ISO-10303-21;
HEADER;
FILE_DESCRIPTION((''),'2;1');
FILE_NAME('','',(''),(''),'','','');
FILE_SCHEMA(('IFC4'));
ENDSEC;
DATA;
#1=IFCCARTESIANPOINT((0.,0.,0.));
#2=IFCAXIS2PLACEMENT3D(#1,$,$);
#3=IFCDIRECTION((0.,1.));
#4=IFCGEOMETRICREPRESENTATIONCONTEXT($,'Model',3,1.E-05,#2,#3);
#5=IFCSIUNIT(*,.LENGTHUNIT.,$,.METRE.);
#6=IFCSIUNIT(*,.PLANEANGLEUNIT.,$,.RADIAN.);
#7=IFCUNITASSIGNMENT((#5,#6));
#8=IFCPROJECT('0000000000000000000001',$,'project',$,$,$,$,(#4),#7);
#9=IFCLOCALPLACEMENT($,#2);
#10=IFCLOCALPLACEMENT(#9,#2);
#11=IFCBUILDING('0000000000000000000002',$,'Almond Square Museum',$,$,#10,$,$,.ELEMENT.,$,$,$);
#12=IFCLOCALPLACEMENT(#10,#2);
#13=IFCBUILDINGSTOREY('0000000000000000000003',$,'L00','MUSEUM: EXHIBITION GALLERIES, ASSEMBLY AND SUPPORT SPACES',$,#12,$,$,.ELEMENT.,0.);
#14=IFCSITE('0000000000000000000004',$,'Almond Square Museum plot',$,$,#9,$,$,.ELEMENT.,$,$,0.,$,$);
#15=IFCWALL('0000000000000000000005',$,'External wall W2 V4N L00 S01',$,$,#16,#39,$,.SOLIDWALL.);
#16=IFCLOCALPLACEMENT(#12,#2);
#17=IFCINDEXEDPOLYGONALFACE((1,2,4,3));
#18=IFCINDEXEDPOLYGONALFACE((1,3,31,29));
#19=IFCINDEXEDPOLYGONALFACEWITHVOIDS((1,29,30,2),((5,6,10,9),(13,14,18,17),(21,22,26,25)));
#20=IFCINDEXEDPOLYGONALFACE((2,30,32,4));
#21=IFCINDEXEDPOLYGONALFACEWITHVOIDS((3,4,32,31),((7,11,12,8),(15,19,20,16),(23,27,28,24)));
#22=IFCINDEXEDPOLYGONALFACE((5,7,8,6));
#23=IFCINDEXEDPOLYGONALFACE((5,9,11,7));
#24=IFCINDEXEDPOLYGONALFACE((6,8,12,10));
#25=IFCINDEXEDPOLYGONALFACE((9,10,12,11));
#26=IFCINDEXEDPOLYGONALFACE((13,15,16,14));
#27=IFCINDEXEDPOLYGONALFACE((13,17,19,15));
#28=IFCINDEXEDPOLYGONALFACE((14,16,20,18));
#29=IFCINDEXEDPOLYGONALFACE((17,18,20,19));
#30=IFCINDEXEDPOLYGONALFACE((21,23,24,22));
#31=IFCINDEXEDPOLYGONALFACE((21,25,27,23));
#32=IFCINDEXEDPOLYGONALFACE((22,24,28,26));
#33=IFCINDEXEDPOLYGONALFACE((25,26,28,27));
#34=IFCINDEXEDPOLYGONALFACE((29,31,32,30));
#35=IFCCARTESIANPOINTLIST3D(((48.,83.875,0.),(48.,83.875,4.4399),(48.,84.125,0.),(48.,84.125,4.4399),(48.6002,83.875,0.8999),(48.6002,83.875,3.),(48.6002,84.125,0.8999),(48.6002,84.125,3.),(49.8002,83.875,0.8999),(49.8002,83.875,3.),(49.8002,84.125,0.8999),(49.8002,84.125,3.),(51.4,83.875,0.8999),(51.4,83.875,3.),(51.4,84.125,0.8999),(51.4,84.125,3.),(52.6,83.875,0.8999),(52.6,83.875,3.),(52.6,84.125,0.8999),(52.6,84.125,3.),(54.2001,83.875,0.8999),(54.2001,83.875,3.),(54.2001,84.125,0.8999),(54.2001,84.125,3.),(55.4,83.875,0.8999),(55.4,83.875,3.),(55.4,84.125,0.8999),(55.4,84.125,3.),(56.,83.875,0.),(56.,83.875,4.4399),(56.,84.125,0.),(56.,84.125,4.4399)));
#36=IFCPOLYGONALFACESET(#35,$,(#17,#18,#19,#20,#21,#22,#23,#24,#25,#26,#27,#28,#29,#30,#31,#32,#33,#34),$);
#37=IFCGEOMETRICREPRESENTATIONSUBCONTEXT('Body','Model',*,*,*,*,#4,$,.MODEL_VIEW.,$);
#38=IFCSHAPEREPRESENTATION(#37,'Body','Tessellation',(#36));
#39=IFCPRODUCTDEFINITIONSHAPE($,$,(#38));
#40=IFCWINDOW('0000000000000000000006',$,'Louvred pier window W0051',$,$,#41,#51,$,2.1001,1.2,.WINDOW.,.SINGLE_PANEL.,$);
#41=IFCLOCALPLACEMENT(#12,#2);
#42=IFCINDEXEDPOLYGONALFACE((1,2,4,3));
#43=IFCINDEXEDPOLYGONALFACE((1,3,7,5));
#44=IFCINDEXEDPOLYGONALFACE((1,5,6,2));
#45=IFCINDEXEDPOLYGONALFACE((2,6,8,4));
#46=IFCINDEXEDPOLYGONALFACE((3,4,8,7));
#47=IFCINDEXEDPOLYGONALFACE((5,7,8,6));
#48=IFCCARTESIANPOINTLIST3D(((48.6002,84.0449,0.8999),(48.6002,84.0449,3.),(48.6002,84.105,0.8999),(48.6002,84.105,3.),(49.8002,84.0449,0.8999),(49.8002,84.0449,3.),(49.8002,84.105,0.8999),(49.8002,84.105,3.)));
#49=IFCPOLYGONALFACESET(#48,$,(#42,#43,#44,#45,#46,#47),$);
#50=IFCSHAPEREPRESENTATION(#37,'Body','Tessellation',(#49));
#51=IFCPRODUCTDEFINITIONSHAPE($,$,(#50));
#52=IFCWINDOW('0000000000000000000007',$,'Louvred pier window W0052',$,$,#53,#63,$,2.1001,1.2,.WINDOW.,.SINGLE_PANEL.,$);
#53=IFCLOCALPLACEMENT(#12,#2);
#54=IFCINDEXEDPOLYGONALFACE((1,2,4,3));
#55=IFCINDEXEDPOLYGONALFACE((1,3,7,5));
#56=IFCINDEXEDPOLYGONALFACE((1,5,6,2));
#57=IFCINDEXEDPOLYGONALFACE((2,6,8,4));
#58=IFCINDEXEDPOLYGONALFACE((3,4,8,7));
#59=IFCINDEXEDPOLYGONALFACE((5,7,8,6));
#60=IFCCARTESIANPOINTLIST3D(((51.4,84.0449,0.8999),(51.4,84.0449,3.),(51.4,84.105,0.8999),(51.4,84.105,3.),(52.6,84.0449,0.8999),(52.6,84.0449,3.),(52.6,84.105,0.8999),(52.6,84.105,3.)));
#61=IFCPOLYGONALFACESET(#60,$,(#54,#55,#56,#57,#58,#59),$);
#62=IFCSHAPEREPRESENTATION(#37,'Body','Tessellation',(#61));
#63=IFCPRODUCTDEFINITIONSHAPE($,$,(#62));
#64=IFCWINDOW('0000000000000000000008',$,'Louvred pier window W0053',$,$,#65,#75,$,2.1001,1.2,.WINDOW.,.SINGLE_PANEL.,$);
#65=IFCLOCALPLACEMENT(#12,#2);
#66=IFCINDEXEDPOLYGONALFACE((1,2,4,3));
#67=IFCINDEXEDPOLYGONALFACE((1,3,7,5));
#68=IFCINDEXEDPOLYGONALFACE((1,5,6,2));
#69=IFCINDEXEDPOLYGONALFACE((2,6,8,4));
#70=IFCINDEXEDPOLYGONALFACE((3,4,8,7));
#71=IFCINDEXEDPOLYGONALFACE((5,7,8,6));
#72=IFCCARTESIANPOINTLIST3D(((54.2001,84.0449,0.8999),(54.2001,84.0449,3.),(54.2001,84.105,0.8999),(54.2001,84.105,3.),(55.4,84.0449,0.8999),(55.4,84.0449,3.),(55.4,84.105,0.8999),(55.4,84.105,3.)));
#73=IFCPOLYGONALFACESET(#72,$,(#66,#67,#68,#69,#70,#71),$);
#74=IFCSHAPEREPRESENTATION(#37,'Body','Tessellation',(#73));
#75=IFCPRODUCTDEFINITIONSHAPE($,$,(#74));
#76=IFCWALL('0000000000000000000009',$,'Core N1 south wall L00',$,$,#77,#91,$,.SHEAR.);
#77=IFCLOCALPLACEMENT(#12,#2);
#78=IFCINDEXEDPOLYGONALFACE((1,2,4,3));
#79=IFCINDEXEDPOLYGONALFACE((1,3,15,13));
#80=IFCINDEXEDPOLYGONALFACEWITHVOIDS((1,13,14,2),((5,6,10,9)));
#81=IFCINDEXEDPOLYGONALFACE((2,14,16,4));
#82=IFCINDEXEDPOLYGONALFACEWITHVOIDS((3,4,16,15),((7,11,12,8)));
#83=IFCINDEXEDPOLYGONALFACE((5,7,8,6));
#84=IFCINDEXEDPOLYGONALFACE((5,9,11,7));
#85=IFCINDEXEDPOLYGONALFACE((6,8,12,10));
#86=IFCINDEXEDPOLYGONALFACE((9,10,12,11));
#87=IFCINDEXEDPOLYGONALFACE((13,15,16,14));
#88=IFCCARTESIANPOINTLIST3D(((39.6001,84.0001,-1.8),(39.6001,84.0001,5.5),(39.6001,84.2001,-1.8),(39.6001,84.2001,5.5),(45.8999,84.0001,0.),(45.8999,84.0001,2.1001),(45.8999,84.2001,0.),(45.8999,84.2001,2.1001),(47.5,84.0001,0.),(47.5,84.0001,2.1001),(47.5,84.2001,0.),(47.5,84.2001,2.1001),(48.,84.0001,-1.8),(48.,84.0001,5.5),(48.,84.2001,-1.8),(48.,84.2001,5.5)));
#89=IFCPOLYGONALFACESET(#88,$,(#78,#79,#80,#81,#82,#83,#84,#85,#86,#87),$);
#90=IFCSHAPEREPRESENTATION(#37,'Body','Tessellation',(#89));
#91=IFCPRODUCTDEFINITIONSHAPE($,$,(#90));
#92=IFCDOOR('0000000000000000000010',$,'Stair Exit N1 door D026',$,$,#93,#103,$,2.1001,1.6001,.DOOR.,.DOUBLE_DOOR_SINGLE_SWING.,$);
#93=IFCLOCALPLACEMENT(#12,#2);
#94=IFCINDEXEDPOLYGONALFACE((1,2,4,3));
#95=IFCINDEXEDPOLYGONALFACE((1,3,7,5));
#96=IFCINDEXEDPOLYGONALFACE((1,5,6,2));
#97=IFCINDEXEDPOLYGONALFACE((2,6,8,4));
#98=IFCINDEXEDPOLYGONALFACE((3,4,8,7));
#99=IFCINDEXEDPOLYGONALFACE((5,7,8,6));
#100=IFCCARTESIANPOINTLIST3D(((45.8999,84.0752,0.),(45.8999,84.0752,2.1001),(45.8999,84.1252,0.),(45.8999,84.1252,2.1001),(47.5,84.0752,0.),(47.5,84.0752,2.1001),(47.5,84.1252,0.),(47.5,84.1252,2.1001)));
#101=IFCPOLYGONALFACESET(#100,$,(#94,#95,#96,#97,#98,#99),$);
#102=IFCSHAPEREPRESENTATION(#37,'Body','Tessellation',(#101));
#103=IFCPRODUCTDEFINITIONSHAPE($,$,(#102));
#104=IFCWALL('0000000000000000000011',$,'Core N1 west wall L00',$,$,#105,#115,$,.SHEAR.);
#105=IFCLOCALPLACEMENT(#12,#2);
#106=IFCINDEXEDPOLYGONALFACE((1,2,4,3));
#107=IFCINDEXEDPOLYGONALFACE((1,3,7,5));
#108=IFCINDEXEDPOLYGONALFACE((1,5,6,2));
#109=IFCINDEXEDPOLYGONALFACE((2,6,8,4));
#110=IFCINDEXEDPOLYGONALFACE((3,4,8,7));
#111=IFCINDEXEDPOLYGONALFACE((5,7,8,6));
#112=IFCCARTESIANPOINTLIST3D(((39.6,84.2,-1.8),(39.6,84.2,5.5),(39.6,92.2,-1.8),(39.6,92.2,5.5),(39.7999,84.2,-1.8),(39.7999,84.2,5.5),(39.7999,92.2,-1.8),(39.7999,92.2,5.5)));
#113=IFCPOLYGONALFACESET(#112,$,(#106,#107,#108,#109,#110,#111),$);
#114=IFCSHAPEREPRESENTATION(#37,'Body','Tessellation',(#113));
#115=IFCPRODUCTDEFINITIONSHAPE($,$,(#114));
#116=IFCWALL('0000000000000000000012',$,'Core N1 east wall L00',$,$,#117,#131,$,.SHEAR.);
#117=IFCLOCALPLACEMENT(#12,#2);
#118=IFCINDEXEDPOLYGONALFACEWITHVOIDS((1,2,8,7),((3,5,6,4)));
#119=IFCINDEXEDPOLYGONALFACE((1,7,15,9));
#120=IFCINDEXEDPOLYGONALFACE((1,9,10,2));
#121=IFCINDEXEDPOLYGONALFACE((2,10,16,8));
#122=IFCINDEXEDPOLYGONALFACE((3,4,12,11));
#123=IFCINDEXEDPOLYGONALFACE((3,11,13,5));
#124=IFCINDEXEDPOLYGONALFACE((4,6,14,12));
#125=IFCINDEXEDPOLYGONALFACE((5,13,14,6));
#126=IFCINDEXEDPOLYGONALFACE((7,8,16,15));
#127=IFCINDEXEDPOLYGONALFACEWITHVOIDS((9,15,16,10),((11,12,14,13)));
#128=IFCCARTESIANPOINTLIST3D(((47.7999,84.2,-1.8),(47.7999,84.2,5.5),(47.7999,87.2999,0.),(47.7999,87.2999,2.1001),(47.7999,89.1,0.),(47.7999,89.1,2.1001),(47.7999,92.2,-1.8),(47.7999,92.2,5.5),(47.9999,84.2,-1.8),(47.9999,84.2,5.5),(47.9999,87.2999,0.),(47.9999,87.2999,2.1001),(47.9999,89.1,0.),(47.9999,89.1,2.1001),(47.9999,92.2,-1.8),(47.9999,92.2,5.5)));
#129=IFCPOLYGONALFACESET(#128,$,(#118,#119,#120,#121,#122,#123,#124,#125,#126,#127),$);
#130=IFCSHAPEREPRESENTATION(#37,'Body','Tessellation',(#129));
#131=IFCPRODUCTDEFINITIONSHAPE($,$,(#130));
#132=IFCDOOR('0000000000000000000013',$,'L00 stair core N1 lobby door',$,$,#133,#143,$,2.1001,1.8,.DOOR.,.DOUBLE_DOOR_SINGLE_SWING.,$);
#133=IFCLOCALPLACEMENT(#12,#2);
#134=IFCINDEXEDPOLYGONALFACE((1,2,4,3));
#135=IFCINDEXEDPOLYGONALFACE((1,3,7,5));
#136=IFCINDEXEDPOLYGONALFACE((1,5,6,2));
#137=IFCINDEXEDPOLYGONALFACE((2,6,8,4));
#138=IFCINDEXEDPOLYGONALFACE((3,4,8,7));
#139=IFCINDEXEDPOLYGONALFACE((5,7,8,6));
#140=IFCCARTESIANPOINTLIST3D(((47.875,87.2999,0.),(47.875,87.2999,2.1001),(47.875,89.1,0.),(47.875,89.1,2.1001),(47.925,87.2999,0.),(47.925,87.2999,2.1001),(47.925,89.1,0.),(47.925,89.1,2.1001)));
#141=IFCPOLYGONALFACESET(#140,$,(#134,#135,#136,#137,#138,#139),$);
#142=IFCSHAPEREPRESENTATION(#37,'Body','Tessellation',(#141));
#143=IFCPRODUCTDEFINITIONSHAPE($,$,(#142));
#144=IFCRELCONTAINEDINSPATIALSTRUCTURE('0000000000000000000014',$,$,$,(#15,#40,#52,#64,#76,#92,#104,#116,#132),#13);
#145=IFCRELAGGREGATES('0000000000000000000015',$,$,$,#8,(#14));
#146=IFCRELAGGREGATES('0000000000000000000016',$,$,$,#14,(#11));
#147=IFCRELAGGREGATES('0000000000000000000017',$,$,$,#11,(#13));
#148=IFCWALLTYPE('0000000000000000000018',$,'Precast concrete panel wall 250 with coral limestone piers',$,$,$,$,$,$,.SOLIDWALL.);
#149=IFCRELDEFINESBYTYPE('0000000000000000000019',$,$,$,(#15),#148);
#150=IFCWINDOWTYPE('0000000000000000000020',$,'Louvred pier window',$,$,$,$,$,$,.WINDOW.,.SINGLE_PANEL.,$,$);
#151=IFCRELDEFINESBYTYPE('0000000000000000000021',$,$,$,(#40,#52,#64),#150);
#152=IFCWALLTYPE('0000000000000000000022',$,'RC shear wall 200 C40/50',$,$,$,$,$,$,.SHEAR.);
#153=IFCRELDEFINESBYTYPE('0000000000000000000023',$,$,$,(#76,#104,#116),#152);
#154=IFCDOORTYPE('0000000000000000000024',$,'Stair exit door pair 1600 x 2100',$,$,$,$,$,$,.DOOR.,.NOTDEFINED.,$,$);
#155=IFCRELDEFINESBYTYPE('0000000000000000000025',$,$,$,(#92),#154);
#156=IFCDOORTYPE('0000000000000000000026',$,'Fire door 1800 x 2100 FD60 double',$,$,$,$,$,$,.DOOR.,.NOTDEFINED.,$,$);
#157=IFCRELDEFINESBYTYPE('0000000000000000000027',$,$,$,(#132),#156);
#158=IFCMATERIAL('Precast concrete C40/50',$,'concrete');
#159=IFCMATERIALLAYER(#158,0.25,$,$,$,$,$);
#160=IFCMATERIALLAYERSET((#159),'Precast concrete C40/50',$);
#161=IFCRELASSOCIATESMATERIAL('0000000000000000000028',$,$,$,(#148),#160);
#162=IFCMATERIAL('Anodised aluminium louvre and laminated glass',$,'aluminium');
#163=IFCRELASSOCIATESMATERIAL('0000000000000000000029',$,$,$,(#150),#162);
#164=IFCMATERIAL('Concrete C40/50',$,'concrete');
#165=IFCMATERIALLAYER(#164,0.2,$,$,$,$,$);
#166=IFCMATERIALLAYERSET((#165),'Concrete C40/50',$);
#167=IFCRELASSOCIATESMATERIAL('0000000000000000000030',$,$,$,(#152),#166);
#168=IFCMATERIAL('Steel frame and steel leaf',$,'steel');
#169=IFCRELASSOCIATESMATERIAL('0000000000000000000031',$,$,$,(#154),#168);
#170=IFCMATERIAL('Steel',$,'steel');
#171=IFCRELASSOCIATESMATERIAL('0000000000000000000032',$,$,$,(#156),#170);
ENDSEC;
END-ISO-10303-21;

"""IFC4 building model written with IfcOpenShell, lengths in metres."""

from ifc_helpers import new_model, si_unit, direction, frame, frame_2d, origin, place, context, subcontext, project, spatial, rectangle, extrude, material, layer, layer_set, type_object, element, fill, save


model = new_model("IFC4")

# Units and contexts
model_context = context("Model", 3, precision=1e-05, world=origin(), true_north=direction((0.0, 1.0)))
body_context = subcontext(model_context, "Body", "Model", "MODEL_VIEW")
ifc_project = project(units=[si_unit("LENGTHUNIT", "METRE"), si_unit("PLANEANGLEUNIT", "RADIAN")], contexts=[model_context])

# Site, building, storey
site_placement = place(None, origin())
site = spatial("IfcSite", under=ifc_project, at=site_placement, Name="Almond Square Museum plot", CompositionType="ELEMENT", RefElevation=0.0)
building_placement = place(site_placement, origin())
building = spatial("IfcBuilding", under=site, at=building_placement, Name="Almond Square Museum", CompositionType="ELEMENT")
storey_placement = place(building_placement, origin())
storey = spatial("IfcBuildingStorey", under=building, at=storey_placement, Name="L00", Description="MUSEUM: EXHIBITION GALLERIES, ASSEMBLY AND SUPPORT SPACES", CompositionType="ELEMENT", Elevation=0.0)

# Wall, openings, windows
ifc_material_1 = material(Name="Precast concrete C40/50", Category="concrete")
ifc_layer_1 = layer(ifc_material_1, 0.25)
ifc_layer_set_1 = layer_set([ifc_layer_1], Name="Precast concrete C40/50")
wall_type_1 = type_object("IfcWallType", Name="Precast concrete panel wall 250 with coral limestone piers", PredefinedType="SOLIDWALL", material=ifc_layer_set_1)
wall_1_placement = place(storey_placement, frame((48.0, 84.0, 0.0), z_axis=(0.0, 0.0, 1.0), x_axis=(1.0, 0.0, 0.0)))
wall_1 = element("IfcWall", 1, at=wall_1_placement, inside=storey, type_object=wall_type_1, Name="External wall W2 V4N L00 S01", PredefinedType="SOLIDWALL", context=body_context, shape_type="SweptSolid", body=[
    extrude(rectangle(XDim=8.0, YDim=0.25, at=frame_2d((4.0, 0.0))), origin(), (0.0, 0.0, 1.0), 4.4399),
])
opening_1_placement = place(wall_1_placement, frame((0.6001, 0.0, 0.8999)))
opening_1 = element("IfcOpeningElement", 2, at=opening_1_placement, cuts=wall_1, PredefinedType="OPENING", context=body_context, shape_type="SweptSolid", body=[
    extrude(rectangle(XDim=1.2, YDim=2.1001, at=frame_2d((0.6001, 1.05))), frame((0.0, 0.135, 0.0), z_axis=(0.0, -1.0, 0.0), x_axis=(1.0, 0.0, 0.0)), (0.0, 0.0, 1.0), 0.27),
])
opening_2_placement = place(wall_1_placement, frame((3.3999, 0.0, 0.8999)))
opening_2 = element("IfcOpeningElement", 3, at=opening_2_placement, cuts=wall_1, PredefinedType="OPENING", context=body_context, shape_type="SweptSolid", body=[
    extrude(rectangle(XDim=1.2, YDim=2.1001, at=frame_2d((0.6001, 1.05))), frame((0.0, 0.135, 0.0), z_axis=(0.0, -1.0, 0.0), x_axis=(1.0, 0.0, 0.0)), (0.0, 0.0, 1.0), 0.27),
])
opening_3_placement = place(wall_1_placement, frame((6.2, 0.0, 0.8999)))
opening_3 = element("IfcOpeningElement", 4, at=opening_3_placement, cuts=wall_1, PredefinedType="OPENING", context=body_context, shape_type="SweptSolid", body=[
    extrude(rectangle(XDim=1.2, YDim=2.1001, at=frame_2d((0.6001, 1.05))), frame((0.0, 0.135, 0.0), z_axis=(0.0, -1.0, 0.0), x_axis=(1.0, 0.0, 0.0)), (0.0, 0.0, 1.0), 0.27),
])
ifc_material_2 = material(Name="Anodised aluminium louvre and laminated glass", Category="aluminium")
window_type = type_object("IfcWindowType", Name="Louvred pier window", PartitioningType="SINGLE_PANEL", PredefinedType="WINDOW", material=ifc_material_2)
window_1_placement = place(opening_1_placement, origin())
window_1 = element("IfcWindow", 5, at=window_1_placement, inside=storey, type_object=window_type, Name="Louvred pier window W0051", OverallHeight=2.1001, OverallWidth=1.2, PartitioningType="SINGLE_PANEL", PredefinedType="WINDOW", context=body_context, shape_type="SweptSolid", body=[
    extrude(rectangle(XDim=1.2, YDim=2.1001, at=frame_2d((0.6001, 1.05))), frame((0.0, 0.105, 0.0), z_axis=(0.0, -1.0, 0.0), x_axis=(1.0, 0.0, 0.0)), (0.0, 0.0, 1.0), 0.0601),
])
fill(opening_1, window_1)
window_2_placement = place(opening_2_placement, origin())
window_2 = element("IfcWindow", 6, at=window_2_placement, inside=storey, type_object=window_type, Name="Louvred pier window W0052", OverallHeight=2.1001, OverallWidth=1.2, PartitioningType="SINGLE_PANEL", PredefinedType="WINDOW", context=body_context, shape_type="SweptSolid", body=[
    extrude(rectangle(XDim=1.2, YDim=2.1001, at=frame_2d((0.6001, 1.05))), frame((0.0, 0.105, 0.0), z_axis=(0.0, -1.0, 0.0), x_axis=(1.0, 0.0, 0.0)), (0.0, 0.0, 1.0), 0.0601),
])
fill(opening_2, window_2)
window_3_placement = place(opening_3_placement, origin())
window_3 = element("IfcWindow", 7, at=window_3_placement, inside=storey, type_object=window_type, Name="Louvred pier window W0053", OverallHeight=2.1001, OverallWidth=1.2, PartitioningType="SINGLE_PANEL", PredefinedType="WINDOW", context=body_context, shape_type="SweptSolid", body=[
    extrude(rectangle(XDim=1.2, YDim=2.1001, at=frame_2d((0.6001, 1.05))), frame((0.0, 0.105, 0.0), z_axis=(0.0, -1.0, 0.0), x_axis=(1.0, 0.0, 0.0)), (0.0, 0.0, 1.0), 0.0601),
])
fill(opening_3, window_3)

# Wall, opening, door
ifc_material_3 = material(Name="Concrete C40/50", Category="concrete")
ifc_layer_2 = layer(ifc_material_3, 0.2)
ifc_layer_set_2 = layer_set([ifc_layer_2], Name="Concrete C40/50")
wall_type_2 = type_object("IfcWallType", Name="RC shear wall 200 C40/50", PredefinedType="SHEAR", material=ifc_layer_set_2)
wall_2_placement = place(storey_placement, frame((48.0, 84.1001, -1.8), z_axis=(0.0, 0.0, 1.0), x_axis=(-1.0, 0.0, 0.0)))
wall_2 = element("IfcWall", 8, at=wall_2_placement, inside=storey, type_object=wall_type_2, Name="Core N1 south wall L00", PredefinedType="SHEAR", context=body_context, shape_type="SweptSolid", body=[
    extrude(rectangle(XDim=8.3999, YDim=0.2, at=frame_2d((4.2, 0.0))), origin(), (0.0, 0.0, 1.0), 7.3),
])
opening_4_placement = place(wall_2_placement, frame((0.5, 0.0, 1.8)))
opening_4 = element("IfcOpeningElement", 9, at=opening_4_placement, cuts=wall_2, PredefinedType="OPENING", context=body_context, shape_type="SweptSolid", body=[
    extrude(rectangle(XDim=1.6001, YDim=2.1001, at=frame_2d((0.8, 1.05))), frame((0.0, 0.1099, 0.0), z_axis=(0.0, -1.0, 0.0), x_axis=(1.0, 0.0, 0.0)), (0.0, 0.0, 1.0), 0.22),
])
ifc_material_4 = material(Name="Steel frame and steel leaf", Category="steel")
door_type_1 = type_object("IfcDoorType", Name="Stair exit door pair 1600 x 2100", OperationType="NOTDEFINED", PredefinedType="DOOR", material=ifc_material_4)
door_1_placement = place(opening_4_placement, origin())
door_1 = element("IfcDoor", 10, at=door_1_placement, inside=storey, type_object=door_type_1, Name="Stair Exit N1 door D026", OperationType="DOUBLE_DOOR_SINGLE_SWING", OverallHeight=2.1001, OverallWidth=1.6001, PredefinedType="DOOR", context=body_context, shape_type="SweptSolid", body=[
    extrude(rectangle(XDim=1.6001, YDim=2.1001, at=frame_2d((0.8, 1.05))), frame((0.0, 0.0249, 0.0), z_axis=(0.0, -1.0, 0.0), x_axis=(1.0, 0.0, 0.0)), (0.0, 0.0, 1.0), 0.05),
])
fill(opening_4, door_1)

# Wall
wall_3_placement = place(storey_placement, frame((39.7, 84.2, -1.8), z_axis=(0.0, 0.0, 1.0), x_axis=(0.0, 1.0, 0.0)))
element("IfcWall", 11, at=wall_3_placement, inside=storey, type_object=wall_type_2, Name="Core N1 west wall L00", PredefinedType="SHEAR", context=body_context, shape_type="SweptSolid", body=[
    extrude(rectangle(XDim=8.0, YDim=0.2, at=frame_2d((4.0, 0.0))), origin(), (0.0, 0.0, 1.0), 7.3),
])

# Wall, opening, door
wall_4_placement = place(storey_placement, frame((47.8999, 84.2, -1.8), z_axis=(0.0, 0.0, 1.0), x_axis=(0.0, 1.0, 0.0)))
wall_4 = element("IfcWall", 12, at=wall_4_placement, inside=storey, type_object=wall_type_2, Name="Core N1 east wall L00", PredefinedType="SHEAR", context=body_context, shape_type="SweptSolid", body=[
    extrude(rectangle(XDim=8.0, YDim=0.2, at=frame_2d((4.0, 0.0))), origin(), (0.0, 0.0, 1.0), 7.3),
])
opening_5_placement = place(wall_4_placement, frame((3.1001, 0.0, 1.8)))
opening_5 = element("IfcOpeningElement", 13, at=opening_5_placement, cuts=wall_4, PredefinedType="OPENING", context=body_context, shape_type="SweptSolid", body=[
    extrude(rectangle(XDim=1.8, YDim=2.1001, at=frame_2d((0.8999, 1.05))), frame((0.0, 0.1099, 0.0), z_axis=(0.0, -1.0, 0.0), x_axis=(1.0, 0.0, 0.0)), (0.0, 0.0, 1.0), 0.22),
])
ifc_material_5 = material(Name="Steel", Category="steel")
door_type_2 = type_object("IfcDoorType", Name="Fire door 1800 x 2100 FD60 double", OperationType="NOTDEFINED", PredefinedType="DOOR", material=ifc_material_5)
door_2_placement = place(opening_5_placement, origin())
door_2 = element("IfcDoor", 14, at=door_2_placement, inside=storey, type_object=door_type_2, Name="L00 stair core N1 lobby door", OperationType="DOUBLE_DOOR_SINGLE_SWING", OverallHeight=2.1001, OverallWidth=1.8, PredefinedType="DOOR", context=body_context, shape_type="SweptSolid", body=[
    extrude(rectangle(XDim=1.8, YDim=2.1001, at=frame_2d((0.8999, 1.05))), frame((0.0, 0.0249, 0.0), z_axis=(0.0, -1.0, 0.0), x_axis=(1.0, 0.0, 0.0)), (0.0, 0.0, 1.0), 0.05),
])
fill(opening_5, door_2)

save(model, "model.ifc")
